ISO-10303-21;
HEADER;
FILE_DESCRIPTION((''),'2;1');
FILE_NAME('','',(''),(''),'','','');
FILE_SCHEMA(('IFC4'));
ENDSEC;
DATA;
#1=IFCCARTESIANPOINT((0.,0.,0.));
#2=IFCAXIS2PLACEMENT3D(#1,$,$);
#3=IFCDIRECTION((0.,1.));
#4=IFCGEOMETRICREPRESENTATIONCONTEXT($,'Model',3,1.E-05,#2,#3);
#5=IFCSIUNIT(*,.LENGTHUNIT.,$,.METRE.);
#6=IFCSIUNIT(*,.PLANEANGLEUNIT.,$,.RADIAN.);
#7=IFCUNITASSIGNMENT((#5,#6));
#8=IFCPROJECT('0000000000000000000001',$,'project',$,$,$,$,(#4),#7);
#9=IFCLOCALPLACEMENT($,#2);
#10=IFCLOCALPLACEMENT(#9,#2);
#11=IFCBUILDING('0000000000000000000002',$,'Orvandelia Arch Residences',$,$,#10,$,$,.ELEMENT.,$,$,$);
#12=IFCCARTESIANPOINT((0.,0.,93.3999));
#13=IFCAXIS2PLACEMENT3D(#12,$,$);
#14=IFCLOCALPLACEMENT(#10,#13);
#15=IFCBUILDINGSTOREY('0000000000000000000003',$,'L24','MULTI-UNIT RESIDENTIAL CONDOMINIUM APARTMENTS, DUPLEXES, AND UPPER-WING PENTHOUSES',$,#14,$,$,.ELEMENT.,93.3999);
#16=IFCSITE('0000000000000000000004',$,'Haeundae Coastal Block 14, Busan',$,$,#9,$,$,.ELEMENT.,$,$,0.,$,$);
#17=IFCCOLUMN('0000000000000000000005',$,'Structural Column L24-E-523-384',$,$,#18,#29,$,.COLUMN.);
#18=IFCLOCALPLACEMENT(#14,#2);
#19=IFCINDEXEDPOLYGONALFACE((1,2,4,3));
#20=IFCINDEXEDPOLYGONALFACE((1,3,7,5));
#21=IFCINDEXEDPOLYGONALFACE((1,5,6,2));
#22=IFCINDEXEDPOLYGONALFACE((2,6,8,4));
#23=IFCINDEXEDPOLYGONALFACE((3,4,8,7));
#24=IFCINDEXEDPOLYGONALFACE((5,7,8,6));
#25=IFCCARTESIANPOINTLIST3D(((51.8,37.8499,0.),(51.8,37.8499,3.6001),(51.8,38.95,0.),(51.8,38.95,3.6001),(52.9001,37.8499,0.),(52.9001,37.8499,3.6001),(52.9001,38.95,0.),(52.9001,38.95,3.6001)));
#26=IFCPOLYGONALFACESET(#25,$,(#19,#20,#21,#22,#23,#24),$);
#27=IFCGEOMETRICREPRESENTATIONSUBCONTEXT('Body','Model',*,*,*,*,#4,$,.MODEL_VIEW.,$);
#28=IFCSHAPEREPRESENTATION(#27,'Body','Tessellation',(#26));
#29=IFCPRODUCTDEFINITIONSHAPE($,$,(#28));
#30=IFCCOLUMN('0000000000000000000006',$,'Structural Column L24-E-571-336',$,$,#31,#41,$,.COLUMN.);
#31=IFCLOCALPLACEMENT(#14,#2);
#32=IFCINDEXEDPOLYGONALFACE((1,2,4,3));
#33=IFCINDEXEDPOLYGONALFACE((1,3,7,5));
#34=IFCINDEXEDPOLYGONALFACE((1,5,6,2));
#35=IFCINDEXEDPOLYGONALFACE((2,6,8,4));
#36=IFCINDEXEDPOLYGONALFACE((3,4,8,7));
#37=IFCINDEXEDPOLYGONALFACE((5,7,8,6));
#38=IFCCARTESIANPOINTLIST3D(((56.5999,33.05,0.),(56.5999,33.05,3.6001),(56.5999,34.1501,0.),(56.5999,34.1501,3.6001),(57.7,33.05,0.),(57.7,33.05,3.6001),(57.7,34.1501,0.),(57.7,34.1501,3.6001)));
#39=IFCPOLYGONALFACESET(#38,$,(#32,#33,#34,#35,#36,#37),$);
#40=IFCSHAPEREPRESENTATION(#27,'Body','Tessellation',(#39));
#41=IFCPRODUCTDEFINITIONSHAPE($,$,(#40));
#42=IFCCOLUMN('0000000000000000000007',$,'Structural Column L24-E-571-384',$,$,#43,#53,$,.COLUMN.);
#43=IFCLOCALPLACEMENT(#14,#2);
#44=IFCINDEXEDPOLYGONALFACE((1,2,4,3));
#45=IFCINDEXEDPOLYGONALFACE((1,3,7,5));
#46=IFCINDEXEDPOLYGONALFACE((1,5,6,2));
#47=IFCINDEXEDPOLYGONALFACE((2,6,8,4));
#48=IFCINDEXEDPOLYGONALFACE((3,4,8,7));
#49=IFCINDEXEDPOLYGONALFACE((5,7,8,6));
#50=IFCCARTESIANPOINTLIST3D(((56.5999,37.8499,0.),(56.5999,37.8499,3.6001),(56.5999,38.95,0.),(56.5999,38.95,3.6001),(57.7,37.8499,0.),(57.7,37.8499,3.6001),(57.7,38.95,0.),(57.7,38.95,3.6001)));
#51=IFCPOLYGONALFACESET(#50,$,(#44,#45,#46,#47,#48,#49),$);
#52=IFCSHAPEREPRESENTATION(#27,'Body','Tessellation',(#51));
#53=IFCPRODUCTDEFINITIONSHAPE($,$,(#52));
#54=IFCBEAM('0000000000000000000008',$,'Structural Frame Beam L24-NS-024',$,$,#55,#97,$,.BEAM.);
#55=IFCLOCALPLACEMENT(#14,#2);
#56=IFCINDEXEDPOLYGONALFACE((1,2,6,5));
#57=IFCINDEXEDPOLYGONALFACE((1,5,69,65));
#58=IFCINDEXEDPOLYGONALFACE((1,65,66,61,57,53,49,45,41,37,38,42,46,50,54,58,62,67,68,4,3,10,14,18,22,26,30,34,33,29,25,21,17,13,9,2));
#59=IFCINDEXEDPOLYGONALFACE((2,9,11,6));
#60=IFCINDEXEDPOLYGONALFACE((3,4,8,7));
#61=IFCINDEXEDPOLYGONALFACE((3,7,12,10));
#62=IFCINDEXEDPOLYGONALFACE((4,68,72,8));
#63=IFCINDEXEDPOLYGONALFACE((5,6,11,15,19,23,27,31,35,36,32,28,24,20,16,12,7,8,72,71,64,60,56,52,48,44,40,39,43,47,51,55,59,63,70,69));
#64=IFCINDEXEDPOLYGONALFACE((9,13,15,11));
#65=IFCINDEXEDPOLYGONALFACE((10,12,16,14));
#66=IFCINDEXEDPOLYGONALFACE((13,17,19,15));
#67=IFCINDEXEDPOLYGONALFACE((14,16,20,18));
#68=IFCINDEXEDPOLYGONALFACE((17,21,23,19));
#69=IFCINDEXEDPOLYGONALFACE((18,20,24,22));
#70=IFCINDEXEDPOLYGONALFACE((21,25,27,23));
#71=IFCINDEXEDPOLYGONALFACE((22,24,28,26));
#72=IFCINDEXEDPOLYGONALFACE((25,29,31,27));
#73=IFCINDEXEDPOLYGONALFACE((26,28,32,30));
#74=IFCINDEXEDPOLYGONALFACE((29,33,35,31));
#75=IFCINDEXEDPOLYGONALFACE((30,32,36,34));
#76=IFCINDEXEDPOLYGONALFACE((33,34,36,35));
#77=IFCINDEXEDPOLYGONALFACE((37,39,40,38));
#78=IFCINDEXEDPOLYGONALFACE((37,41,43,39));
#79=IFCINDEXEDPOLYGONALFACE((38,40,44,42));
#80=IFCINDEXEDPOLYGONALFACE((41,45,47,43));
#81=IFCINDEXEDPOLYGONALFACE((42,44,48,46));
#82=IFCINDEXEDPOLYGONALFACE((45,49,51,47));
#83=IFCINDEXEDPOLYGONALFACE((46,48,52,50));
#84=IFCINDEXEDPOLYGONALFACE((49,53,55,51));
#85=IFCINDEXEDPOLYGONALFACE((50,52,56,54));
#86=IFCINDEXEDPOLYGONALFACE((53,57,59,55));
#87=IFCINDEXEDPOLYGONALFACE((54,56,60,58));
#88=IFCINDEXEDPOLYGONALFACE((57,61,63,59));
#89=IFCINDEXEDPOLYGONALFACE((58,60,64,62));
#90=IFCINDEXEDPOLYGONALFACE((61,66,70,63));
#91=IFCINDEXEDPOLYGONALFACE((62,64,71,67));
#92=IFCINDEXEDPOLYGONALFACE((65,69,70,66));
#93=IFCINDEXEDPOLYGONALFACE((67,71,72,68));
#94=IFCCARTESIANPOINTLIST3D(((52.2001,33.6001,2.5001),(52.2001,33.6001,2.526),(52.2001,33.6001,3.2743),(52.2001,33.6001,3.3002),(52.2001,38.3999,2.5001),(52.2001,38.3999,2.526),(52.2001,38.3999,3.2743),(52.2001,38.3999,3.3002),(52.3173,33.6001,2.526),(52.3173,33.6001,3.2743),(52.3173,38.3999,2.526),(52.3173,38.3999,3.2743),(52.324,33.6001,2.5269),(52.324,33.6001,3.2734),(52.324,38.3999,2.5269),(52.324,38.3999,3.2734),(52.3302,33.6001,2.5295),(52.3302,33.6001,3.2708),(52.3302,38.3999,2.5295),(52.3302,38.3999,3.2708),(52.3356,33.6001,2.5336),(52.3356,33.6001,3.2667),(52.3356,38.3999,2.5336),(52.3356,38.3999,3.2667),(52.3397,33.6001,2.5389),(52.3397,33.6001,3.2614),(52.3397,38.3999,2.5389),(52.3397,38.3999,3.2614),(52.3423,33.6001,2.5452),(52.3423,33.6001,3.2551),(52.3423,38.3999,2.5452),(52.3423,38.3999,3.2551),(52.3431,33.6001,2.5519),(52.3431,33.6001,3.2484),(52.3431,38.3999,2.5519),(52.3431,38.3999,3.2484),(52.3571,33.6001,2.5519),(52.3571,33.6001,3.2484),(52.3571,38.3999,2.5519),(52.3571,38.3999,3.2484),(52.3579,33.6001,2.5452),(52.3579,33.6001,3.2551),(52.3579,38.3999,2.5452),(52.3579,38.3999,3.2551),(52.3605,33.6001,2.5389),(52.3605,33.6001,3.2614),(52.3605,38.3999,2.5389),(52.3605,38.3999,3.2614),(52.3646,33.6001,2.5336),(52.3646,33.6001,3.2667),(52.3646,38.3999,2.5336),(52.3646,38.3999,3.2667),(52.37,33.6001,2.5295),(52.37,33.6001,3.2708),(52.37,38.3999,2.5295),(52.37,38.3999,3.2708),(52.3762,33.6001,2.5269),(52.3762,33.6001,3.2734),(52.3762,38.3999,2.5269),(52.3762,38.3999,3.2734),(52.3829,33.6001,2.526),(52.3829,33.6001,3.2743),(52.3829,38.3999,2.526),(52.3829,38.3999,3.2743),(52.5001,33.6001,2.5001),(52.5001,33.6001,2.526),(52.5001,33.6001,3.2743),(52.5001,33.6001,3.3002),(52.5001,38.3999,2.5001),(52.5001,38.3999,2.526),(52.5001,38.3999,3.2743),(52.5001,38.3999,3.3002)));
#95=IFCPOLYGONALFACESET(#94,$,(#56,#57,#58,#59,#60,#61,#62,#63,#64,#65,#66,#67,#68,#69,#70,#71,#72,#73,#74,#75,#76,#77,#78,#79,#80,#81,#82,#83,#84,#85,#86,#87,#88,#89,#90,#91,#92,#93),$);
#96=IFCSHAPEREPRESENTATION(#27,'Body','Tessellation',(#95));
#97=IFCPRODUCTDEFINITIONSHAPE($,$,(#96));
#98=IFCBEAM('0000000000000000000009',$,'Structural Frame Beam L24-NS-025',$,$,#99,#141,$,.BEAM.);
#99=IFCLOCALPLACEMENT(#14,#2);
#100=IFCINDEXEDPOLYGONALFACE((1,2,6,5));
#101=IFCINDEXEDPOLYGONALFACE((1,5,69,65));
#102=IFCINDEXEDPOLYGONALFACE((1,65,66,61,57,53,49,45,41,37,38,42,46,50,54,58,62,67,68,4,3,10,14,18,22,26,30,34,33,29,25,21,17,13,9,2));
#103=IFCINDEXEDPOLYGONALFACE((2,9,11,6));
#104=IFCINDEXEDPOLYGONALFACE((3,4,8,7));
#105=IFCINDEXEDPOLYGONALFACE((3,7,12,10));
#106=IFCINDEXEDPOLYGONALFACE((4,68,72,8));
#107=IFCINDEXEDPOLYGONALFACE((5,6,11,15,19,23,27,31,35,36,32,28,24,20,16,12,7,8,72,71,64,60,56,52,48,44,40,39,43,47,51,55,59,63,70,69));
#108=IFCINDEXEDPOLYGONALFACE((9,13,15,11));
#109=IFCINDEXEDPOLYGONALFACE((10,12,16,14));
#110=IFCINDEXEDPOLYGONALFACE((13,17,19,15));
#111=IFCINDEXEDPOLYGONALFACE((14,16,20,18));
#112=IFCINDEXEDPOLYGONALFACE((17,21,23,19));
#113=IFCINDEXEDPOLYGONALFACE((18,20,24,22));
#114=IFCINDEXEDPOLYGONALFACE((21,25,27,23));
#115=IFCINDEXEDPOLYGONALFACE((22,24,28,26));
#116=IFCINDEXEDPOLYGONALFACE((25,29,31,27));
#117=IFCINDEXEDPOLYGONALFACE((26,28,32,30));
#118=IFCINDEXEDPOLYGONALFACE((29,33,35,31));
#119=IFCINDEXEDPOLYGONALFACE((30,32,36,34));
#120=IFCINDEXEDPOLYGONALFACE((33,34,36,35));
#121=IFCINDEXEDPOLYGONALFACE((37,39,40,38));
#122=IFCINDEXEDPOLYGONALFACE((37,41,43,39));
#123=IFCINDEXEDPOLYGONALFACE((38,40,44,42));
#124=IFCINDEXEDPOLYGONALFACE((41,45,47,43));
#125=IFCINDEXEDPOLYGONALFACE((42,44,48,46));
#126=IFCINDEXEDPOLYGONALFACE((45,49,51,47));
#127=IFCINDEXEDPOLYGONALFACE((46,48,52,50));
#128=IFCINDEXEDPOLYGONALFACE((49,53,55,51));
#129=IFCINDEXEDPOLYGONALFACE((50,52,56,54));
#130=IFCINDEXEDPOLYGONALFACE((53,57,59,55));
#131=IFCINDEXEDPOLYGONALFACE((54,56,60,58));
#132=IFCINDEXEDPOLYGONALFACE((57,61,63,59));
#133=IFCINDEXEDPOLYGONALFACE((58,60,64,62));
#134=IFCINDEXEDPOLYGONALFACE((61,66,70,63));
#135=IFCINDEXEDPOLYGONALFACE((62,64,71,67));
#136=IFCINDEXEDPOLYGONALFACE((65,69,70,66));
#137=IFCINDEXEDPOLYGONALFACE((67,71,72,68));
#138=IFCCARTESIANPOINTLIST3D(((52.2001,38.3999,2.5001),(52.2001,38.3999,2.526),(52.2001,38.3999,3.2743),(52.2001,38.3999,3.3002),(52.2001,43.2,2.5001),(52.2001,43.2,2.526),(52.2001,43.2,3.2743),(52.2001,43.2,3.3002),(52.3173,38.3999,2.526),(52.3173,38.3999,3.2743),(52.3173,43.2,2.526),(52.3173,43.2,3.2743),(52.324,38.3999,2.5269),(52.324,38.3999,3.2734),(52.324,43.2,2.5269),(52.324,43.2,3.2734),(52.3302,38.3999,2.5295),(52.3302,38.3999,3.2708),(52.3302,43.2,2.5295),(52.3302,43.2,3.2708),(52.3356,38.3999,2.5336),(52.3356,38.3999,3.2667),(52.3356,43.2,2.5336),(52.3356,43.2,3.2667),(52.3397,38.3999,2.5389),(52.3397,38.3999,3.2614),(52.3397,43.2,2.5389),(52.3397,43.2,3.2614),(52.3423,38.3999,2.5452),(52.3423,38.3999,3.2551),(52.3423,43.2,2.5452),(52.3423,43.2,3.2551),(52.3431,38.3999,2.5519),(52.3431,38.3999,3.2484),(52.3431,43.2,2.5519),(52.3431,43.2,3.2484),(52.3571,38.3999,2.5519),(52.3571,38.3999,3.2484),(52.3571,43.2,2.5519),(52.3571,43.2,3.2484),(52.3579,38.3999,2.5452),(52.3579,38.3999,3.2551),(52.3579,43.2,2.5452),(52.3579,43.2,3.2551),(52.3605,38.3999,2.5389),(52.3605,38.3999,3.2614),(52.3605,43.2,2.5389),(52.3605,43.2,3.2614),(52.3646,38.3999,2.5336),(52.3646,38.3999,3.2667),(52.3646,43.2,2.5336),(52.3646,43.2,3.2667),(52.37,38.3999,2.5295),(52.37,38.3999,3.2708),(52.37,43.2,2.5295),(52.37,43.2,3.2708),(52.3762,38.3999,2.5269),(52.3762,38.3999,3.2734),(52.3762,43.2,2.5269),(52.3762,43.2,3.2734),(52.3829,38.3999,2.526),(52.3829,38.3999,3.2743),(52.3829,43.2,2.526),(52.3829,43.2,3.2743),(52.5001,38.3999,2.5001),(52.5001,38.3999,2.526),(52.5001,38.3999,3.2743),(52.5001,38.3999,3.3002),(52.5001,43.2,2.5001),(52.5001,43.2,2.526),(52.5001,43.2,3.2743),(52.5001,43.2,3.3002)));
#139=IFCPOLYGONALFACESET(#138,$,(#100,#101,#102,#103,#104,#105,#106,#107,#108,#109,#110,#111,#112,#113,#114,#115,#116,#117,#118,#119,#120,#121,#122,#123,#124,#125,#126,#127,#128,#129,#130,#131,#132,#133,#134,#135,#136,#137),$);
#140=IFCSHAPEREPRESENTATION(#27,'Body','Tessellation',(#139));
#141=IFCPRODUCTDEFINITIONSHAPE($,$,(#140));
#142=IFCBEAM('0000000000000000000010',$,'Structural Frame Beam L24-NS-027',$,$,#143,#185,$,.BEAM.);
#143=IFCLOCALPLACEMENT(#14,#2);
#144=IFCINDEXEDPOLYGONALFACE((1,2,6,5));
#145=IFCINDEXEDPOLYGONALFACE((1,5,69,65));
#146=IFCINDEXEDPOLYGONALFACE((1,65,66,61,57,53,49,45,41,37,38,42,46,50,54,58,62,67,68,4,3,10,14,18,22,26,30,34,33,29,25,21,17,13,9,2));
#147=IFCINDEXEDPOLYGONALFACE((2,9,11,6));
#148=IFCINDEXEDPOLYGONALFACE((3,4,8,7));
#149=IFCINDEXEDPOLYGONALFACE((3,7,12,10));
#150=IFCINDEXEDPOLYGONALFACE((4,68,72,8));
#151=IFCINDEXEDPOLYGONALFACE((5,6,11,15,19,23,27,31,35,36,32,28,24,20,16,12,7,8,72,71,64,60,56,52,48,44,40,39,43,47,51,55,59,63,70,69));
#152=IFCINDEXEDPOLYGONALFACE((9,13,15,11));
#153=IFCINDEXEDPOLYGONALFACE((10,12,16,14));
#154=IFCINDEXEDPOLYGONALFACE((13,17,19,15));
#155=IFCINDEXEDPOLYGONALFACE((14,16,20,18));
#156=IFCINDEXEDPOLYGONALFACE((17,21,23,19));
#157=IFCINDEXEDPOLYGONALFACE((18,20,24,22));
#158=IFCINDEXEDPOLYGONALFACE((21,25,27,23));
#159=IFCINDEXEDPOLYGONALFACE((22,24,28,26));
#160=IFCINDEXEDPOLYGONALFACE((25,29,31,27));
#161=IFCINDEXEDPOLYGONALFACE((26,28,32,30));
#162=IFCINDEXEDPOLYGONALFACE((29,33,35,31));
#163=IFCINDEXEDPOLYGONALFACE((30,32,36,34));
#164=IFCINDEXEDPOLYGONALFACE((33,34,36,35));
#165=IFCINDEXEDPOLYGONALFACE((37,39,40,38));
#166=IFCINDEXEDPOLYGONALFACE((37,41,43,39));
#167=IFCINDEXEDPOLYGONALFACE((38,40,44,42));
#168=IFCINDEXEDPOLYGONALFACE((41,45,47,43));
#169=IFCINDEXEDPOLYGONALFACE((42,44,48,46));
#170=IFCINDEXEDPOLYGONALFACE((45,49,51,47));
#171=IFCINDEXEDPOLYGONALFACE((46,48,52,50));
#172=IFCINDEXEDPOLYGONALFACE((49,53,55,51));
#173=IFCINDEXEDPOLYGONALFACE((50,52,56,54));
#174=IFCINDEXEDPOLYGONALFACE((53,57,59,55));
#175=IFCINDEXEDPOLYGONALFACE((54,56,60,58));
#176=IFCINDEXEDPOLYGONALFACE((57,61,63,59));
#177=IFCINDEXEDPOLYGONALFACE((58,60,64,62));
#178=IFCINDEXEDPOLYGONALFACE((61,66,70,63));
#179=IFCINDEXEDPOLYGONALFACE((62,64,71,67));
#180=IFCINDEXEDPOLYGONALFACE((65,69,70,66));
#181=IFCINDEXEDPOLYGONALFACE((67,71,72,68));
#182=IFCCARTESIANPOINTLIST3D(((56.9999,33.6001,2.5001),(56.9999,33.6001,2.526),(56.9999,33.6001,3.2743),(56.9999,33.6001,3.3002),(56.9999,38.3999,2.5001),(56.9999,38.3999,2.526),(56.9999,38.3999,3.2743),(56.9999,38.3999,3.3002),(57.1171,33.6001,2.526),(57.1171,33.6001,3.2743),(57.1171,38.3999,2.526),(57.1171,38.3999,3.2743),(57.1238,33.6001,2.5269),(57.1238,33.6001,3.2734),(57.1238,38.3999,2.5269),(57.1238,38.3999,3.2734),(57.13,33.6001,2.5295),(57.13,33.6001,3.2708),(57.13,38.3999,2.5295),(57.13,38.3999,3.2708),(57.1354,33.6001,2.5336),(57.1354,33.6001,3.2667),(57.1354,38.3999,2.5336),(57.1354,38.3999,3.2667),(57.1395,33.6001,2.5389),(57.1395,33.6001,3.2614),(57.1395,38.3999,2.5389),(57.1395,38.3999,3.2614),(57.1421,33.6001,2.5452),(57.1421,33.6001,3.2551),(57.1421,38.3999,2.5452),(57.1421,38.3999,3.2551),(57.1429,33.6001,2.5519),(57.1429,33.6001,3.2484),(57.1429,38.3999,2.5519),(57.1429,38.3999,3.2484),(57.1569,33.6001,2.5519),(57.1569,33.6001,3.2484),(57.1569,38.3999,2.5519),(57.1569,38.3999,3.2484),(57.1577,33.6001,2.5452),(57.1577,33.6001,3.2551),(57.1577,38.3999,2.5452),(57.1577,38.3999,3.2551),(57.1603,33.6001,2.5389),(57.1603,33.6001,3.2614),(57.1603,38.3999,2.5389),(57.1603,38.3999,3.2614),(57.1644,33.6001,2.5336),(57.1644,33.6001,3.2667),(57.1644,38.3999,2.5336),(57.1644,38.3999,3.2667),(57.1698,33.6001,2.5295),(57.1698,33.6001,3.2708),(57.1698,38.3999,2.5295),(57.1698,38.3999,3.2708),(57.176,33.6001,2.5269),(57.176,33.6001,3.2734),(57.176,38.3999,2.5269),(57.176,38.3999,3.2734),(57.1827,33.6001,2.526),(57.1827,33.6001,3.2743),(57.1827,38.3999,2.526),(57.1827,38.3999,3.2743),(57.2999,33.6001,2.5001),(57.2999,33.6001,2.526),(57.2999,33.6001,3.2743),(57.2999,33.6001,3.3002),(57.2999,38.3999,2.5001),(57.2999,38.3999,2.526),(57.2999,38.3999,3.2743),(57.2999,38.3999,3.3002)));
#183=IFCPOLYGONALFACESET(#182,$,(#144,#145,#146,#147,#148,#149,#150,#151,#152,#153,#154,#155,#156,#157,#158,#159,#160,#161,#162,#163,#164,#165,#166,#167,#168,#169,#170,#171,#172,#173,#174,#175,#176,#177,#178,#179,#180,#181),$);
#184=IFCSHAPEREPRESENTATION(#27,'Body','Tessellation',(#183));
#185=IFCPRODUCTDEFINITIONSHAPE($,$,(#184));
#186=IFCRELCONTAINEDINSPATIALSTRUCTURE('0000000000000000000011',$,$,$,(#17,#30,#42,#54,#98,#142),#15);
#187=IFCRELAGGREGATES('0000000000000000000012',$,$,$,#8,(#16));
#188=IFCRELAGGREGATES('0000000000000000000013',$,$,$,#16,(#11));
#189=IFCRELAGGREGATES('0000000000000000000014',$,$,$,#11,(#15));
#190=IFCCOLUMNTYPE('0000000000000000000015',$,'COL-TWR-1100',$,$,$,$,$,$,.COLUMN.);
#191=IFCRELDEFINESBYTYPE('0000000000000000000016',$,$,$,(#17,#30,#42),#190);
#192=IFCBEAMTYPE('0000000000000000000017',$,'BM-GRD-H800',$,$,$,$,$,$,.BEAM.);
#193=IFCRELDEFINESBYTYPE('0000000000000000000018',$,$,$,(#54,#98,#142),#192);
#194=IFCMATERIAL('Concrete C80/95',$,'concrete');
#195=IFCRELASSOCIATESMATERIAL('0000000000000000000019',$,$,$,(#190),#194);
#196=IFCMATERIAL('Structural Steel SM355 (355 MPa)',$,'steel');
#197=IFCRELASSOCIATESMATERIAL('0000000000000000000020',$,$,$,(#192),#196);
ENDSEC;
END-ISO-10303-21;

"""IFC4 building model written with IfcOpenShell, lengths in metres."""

from ifc_helpers import new_model, si_unit, direction, frame, origin, origin_2d, place, context, subcontext, project, spatial, rectangle, i_section, extrude, material, material_profile, profile_set, type_object, element, save


model = new_model("IFC4")

# Units and contexts
model_context = context("Model", 3, precision=1e-05, world=origin(), true_north=direction((0.0, 1.0)))
body_context = subcontext(model_context, "Body", "Model", "MODEL_VIEW")
ifc_project = project(units=[si_unit("LENGTHUNIT", "METRE"), si_unit("PLANEANGLEUNIT", "RADIAN")], contexts=[model_context])

# Site, building, storey
site_placement = place(None, origin())
site = spatial("IfcSite", under=ifc_project, at=site_placement, Name="Haeundae Coastal Block 14, Busan", CompositionType="ELEMENT", RefElevation=0.0)
building_placement = place(site_placement, origin())
building = spatial("IfcBuilding", under=site, at=building_placement, Name="Orvandelia Arch Residences", CompositionType="ELEMENT")
storey_placement = place(building_placement, frame((0.0, 0.0, 93.3999)))
storey = spatial("IfcBuildingStorey", under=building, at=storey_placement, Name="L24", Description="MULTI-UNIT RESIDENTIAL CONDOMINIUM APARTMENTS, DUPLEXES, AND UPPER-WING PENTHOUSES", CompositionType="ELEMENT", Elevation=93.3999)

# Columns
ifc_material_1 = material(Name="Concrete C80/95", Category="concrete")
ifc_material_profile_1 = material_profile(ifc_material_1, rectangle(XDim=1.1001, YDim=1.1001, at=origin_2d()), Name="Concrete C80/95", Category="concrete")
ifc_profile_set_1 = profile_set([ifc_material_profile_1], Name="Concrete C80/95")
column_type = type_object("IfcColumnType", Name="COL-TWR-1100", PredefinedType="COLUMN", material=ifc_profile_set_1)
for number, where, z_axis, x_axis, name in (
    (1, (52.3501, 38.3999, 0.0), (0.0, 0.0, 1.0), (1.0, 0.0, 0.0), "Structural Column L24-E-523-384"),
    (2, (57.1499, 33.6001, 0.0), (0.0, 0.0, 1.0), (1.0, 0.0, 0.0), "Structural Column L24-E-571-336"),
    (3, (57.1499, 38.3999, 0.0), (0.0, 0.0, 1.0), (1.0, 0.0, 0.0), "Structural Column L24-E-571-384"),
):
    element("IfcColumn", number, at=place(storey_placement, frame(where, z_axis=z_axis, x_axis=x_axis)), inside=storey, type_object=column_type, Name=name, PredefinedType="COLUMN", context=body_context, shape_type="SweptSolid", body=[
        extrude(rectangle(XDim=1.1001, YDim=1.1001, at=origin_2d()), origin(), (0.0, 0.0, 1.0), 3.6001),
    ])

# Beams
ifc_material_2 = material(Name="Structural Steel SM355 (355 MPa)", Category="steel")
ifc_material_profile_2 = material_profile(ifc_material_2, i_section(OverallWidth=0.3, OverallDepth=0.8, WebThickness=0.0139, FlangeThickness=0.0259, FilletRadius=0.0259, at=origin_2d()), Name="Structural Steel SM355 (355 MPa)", Category="steel")
ifc_profile_set_2 = profile_set([ifc_material_profile_2], Name="Structural Steel SM355 (355 MPa)")
beam_type = type_object("IfcBeamType", Name="BM-GRD-H800", PredefinedType="BEAM", material=ifc_profile_set_2)
beam_1_placement = place(storey_placement, frame((52.3501, 33.6001, 2.9001), z_axis=(0.0, 1.0, 0.0), x_axis=(-1.0, 0.0, 0.0)))
element("IfcBeam", 4, at=beam_1_placement, inside=storey, type_object=beam_type, Name="Structural Frame Beam L24-NS-024", PredefinedType="BEAM", context=body_context, shape_type="SweptSolid", body=[
    extrude(i_section(OverallWidth=0.3, OverallDepth=0.8, WebThickness=0.0139, FlangeThickness=0.0259, FilletRadius=0.0259, at=origin_2d()), origin(), (0.0, 0.0, 1.0), 4.7998),
])
beam_2_placement = place(storey_placement, frame((52.3501, 38.3999, 2.9001), z_axis=(0.0, 1.0, 0.0), x_axis=(-1.0, 0.0, 0.0)))
element("IfcBeam", 5, at=beam_2_placement, inside=storey, type_object=beam_type, Name="Structural Frame Beam L24-NS-025", PredefinedType="BEAM", context=body_context, shape_type="SweptSolid", body=[
    extrude(i_section(OverallWidth=0.3, OverallDepth=0.8, WebThickness=0.0139, FlangeThickness=0.0259, FilletRadius=0.0259, at=origin_2d()), origin(), (0.0, 0.0, 1.0), 4.8),
])
beam_3_placement = place(storey_placement, frame((57.1499, 33.6001, 2.9001), z_axis=(0.0, 1.0, 0.0), x_axis=(-1.0, 0.0, 0.0)))
element("IfcBeam", 6, at=beam_3_placement, inside=storey, type_object=beam_type, Name="Structural Frame Beam L24-NS-027", PredefinedType="BEAM", context=body_context, shape_type="SweptSolid", body=[
    extrude(i_section(OverallWidth=0.3, OverallDepth=0.8, WebThickness=0.0139, FlangeThickness=0.0259, FilletRadius=0.0259, at=origin_2d()), origin(), (0.0, 0.0, 1.0), 4.7998),
])

save(model, "model.ifc")
